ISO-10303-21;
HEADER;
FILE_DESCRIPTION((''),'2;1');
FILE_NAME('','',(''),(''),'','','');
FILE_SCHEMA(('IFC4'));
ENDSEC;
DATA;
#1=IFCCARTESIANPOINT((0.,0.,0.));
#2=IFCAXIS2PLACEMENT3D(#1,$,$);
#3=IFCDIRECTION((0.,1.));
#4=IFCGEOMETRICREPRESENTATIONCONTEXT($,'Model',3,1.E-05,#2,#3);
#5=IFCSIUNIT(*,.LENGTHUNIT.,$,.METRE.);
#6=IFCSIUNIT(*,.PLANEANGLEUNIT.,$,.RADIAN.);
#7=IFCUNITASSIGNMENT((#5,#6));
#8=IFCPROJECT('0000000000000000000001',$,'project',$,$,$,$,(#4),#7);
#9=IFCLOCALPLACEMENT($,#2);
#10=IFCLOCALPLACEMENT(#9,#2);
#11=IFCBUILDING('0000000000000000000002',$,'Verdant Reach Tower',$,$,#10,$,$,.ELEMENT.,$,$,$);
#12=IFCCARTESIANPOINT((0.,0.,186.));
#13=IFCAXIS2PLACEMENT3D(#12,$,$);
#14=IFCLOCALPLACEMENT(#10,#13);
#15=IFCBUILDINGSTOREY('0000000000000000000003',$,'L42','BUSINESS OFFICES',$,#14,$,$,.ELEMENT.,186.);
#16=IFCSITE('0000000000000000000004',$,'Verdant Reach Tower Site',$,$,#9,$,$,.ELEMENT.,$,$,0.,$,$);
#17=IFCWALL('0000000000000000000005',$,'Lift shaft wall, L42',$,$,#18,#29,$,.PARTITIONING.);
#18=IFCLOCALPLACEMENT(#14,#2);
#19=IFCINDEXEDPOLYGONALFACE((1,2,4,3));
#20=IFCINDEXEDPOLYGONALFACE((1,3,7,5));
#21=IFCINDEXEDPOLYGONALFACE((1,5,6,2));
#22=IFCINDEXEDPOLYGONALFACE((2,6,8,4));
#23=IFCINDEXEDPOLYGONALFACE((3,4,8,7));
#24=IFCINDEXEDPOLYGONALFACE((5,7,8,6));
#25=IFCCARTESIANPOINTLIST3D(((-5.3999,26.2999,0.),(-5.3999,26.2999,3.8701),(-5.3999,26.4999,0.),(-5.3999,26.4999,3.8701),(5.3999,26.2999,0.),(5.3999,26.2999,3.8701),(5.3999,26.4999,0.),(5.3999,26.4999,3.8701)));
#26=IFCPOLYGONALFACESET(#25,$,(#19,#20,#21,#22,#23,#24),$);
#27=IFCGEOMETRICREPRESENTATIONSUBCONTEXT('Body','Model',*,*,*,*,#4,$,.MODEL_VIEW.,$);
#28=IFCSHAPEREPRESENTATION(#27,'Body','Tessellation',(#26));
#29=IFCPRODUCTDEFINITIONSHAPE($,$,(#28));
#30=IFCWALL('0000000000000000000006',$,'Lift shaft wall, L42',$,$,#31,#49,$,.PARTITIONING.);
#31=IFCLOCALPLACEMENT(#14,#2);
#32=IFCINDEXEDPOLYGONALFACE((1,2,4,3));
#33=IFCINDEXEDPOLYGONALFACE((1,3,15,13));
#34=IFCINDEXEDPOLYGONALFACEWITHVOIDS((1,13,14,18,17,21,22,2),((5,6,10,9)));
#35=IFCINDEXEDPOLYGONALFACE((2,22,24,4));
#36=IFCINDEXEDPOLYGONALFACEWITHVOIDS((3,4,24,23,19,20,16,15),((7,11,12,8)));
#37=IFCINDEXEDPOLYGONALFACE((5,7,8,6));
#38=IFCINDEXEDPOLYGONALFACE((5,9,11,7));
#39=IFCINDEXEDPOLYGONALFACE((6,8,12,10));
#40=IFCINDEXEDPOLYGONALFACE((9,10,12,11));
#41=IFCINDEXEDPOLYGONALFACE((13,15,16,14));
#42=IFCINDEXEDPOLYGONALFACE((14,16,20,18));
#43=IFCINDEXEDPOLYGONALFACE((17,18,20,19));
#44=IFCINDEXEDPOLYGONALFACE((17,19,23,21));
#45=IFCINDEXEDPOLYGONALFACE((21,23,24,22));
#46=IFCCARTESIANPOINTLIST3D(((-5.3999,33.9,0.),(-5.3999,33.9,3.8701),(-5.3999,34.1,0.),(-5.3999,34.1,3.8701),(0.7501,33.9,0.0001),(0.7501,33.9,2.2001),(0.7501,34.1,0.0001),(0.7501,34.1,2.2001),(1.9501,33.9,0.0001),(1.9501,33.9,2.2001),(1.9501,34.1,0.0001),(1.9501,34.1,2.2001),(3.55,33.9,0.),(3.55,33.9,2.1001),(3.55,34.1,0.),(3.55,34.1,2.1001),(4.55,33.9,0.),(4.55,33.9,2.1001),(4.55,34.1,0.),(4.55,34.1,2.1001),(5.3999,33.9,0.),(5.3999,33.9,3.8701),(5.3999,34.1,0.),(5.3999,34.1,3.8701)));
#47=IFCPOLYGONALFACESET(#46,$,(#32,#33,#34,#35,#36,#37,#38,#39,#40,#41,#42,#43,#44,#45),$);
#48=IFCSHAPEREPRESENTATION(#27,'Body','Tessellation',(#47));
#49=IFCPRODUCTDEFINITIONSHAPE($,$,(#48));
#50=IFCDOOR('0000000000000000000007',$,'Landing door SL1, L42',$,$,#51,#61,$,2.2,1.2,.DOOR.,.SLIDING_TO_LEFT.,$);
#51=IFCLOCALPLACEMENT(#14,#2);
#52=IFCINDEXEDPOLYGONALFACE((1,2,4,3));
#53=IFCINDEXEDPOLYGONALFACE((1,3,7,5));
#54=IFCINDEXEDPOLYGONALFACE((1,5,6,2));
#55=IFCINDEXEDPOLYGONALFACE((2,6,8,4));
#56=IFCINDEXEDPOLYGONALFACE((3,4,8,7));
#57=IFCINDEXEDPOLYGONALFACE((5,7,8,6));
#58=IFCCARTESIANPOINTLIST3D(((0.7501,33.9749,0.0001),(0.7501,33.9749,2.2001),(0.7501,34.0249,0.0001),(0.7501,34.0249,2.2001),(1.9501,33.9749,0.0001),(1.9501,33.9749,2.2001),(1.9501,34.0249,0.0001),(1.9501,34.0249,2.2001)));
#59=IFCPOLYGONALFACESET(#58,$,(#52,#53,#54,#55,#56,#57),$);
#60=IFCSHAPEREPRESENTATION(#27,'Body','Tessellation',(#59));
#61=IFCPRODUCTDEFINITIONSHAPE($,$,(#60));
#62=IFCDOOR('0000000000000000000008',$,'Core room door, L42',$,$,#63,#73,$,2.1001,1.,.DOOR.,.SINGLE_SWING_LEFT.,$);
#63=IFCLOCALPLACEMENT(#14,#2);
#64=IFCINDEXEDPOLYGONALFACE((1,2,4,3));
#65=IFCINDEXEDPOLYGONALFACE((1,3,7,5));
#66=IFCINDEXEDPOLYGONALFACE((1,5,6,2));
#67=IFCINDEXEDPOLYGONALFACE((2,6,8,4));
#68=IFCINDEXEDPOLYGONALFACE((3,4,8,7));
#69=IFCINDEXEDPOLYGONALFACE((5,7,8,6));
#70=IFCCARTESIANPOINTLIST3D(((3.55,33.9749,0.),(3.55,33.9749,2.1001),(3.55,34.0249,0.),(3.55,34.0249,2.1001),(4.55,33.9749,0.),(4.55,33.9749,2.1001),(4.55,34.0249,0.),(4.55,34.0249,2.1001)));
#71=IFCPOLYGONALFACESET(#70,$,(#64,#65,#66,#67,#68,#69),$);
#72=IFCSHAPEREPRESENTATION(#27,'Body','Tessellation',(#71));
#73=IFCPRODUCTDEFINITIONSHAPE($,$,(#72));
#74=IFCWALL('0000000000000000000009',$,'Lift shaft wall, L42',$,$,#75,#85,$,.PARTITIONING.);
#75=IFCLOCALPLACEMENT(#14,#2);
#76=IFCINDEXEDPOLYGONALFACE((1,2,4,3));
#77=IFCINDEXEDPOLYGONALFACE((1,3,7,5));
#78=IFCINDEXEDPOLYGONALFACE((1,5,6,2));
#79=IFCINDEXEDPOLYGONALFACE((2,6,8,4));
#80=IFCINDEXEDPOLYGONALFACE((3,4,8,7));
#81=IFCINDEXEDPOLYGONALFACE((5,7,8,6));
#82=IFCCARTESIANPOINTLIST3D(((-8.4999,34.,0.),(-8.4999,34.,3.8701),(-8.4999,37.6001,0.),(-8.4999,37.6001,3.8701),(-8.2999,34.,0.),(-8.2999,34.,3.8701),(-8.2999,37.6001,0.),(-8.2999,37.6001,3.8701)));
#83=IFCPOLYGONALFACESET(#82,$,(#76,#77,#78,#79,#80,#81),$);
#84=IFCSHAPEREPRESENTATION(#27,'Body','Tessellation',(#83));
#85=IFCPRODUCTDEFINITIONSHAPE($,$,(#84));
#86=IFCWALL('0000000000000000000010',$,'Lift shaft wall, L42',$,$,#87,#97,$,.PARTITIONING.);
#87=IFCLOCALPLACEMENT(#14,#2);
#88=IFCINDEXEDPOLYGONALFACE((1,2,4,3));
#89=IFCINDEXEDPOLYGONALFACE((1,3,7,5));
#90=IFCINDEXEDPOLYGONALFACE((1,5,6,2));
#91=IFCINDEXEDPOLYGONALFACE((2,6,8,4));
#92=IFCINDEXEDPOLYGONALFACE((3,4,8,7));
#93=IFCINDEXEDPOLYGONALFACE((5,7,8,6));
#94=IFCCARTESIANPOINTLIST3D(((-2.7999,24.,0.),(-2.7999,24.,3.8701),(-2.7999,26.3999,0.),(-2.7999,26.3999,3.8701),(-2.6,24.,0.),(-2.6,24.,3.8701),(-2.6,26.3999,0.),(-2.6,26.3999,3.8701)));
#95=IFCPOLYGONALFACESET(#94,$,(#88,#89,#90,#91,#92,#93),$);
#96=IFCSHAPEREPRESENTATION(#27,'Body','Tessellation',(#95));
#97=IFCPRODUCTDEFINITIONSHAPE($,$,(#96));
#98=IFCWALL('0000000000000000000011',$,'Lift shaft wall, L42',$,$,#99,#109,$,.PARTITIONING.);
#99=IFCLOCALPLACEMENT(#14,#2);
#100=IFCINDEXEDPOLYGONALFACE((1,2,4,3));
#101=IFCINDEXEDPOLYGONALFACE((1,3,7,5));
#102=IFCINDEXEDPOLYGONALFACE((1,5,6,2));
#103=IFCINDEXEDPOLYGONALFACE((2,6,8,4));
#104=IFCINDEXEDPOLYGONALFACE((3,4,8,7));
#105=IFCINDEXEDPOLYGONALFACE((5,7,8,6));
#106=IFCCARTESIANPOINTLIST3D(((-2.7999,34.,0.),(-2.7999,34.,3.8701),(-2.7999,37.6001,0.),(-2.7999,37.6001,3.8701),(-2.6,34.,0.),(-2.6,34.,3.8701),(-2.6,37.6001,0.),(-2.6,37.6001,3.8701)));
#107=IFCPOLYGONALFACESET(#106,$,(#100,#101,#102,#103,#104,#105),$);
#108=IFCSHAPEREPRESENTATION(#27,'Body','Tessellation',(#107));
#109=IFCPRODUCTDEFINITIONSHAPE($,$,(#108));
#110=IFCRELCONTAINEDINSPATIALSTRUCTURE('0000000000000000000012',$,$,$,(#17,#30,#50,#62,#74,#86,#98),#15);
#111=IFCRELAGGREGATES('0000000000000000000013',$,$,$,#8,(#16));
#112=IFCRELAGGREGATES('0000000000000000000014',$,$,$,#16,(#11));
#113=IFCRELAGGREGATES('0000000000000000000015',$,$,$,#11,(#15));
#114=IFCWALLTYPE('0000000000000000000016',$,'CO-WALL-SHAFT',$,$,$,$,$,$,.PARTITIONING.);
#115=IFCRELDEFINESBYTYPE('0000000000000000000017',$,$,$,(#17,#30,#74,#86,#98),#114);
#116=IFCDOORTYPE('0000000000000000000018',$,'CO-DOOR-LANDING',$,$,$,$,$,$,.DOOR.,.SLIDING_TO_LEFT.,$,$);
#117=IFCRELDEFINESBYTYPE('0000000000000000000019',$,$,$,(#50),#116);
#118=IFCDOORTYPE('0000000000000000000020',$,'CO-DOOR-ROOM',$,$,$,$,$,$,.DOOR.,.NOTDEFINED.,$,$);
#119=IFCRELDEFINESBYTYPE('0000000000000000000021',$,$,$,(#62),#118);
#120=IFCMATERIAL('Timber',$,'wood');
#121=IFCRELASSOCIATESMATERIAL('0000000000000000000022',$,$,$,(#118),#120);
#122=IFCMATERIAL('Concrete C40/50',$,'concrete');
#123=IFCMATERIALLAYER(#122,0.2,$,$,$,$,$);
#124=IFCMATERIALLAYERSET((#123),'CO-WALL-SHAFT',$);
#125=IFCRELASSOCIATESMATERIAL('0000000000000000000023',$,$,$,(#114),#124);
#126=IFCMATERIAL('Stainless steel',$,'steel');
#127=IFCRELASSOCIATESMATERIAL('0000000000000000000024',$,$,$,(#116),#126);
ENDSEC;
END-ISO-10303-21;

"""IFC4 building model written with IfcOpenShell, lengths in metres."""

from ifc_helpers import new_model, si_unit, direction, frame, frame_2d, origin, place, context, subcontext, project, spatial, rectangle, extrude, material, layer, layer_set, type_object, element, fill, save


model = new_model("IFC4")

# Units and contexts
model_context = context("Model", 3, precision=1e-05, world=origin(), true_north=direction((0.0, 1.0)))
body_context = subcontext(model_context, "Body", "Model", "MODEL_VIEW")
ifc_project = project(units=[si_unit("LENGTHUNIT", "METRE"), si_unit("PLANEANGLEUNIT", "RADIAN")], contexts=[model_context])

# Site, building, storey
site_placement = place(None, origin())
site = spatial("IfcSite", under=ifc_project, at=site_placement, Name="Verdant Reach Tower Site", CompositionType="ELEMENT", RefElevation=0.0)
building_placement = place(site_placement, origin())
building = spatial("IfcBuilding", under=site, at=building_placement, Name="Verdant Reach Tower", CompositionType="ELEMENT")
storey_placement = place(building_placement, frame((0.0, 0.0, 186.0)))
storey = spatial("IfcBuildingStorey", under=building, at=storey_placement, Name="L42", Description="BUSINESS OFFICES", CompositionType="ELEMENT", Elevation=186.0)

# Shared definitions
ifc_material_1 = material(Name="Timber", Category="wood")
door_type_1 = type_object("IfcDoorType", Name="CO-DOOR-ROOM", OperationType="NOTDEFINED", PredefinedType="DOOR", material=ifc_material_1)

# Shared definitions
ifc_material_2 = material(Name="Concrete C40/50", Category="concrete")
ifc_layer_1 = layer(ifc_material_2, 0.2)
ifc_layer_set_1 = layer_set([ifc_layer_1], Name="CO-WALL-SHAFT")
wall_type_1 = type_object("IfcWallType", Name="CO-WALL-SHAFT", PredefinedType="PARTITIONING", material=ifc_layer_set_1)
ifc_material_3 = material(Name="Stainless steel", Category="steel")
door_type_2 = type_object("IfcDoorType", Name="CO-DOOR-LANDING", OperationType="SLIDING_TO_LEFT", PredefinedType="DOOR", material=ifc_material_3)

# Wall
wall_1_placement = place(storey_placement, frame((-5.3999, 26.3999, 0.0), z_axis=(0.0, 0.0, 1.0), x_axis=(1.0, 0.0, 0.0)))
element("IfcWall", 1, at=wall_1_placement, inside=storey, type_object=wall_type_1, Name="Lift shaft wall, L42", PredefinedType="PARTITIONING", context=body_context, shape_type="SweptSolid", body=[
    extrude(rectangle(XDim=10.7998, YDim=0.2, at=frame_2d((5.3999, 0.0))), origin(), (0.0, 0.0, 1.0), 3.8701),
])

# Wall, openings, doors
wall_2_placement = place(storey_placement, frame((-5.3999, 34.0, 0.0), z_axis=(0.0, 0.0, 1.0), x_axis=(1.0, 0.0, 0.0)))
wall_2 = element("IfcWall", 2, at=wall_2_placement, inside=storey, type_object=wall_type_1, Name="Lift shaft wall, L42", PredefinedType="PARTITIONING", context=body_context, shape_type="SweptSolid", body=[
    extrude(rectangle(XDim=10.7998, YDim=0.2, at=frame_2d((5.3999, 0.0))), origin(), (0.0, 0.0, 1.0), 3.8701),
])
opening_1_placement = place(wall_2_placement, frame((6.1499, 0.0, 0.0)))
opening_1 = element("IfcOpeningElement", 3, at=opening_1_placement, cuts=wall_2, PredefinedType="OPENING", context=body_context, shape_type="SweptSolid", body=[
    extrude(rectangle(XDim=1.2, YDim=2.2, at=frame_2d((0.6001, 1.1001))), frame((0.0, 0.1099, 0.0), z_axis=(0.0, -1.0, 0.0), x_axis=(1.0, 0.0, 0.0)), (0.0, 0.0, 1.0), 0.22),
])
opening_2_placement = place(wall_2_placement, frame((8.95, 0.0, 0.0)))
opening_2 = element("IfcOpeningElement", 4, at=opening_2_placement, cuts=wall_2, PredefinedType="OPENING", context=body_context, shape_type="SweptSolid", body=[
    extrude(rectangle(XDim=1.0, YDim=2.1001, at=frame_2d((0.5, 1.05))), frame((0.0, 0.1099, 0.0), z_axis=(0.0, -1.0, 0.0), x_axis=(1.0, 0.0, 0.0)), (0.0, 0.0, 1.0), 0.22),
])
door_1_placement = place(opening_1_placement, origin())
door_1 = element("IfcDoor", 5, at=door_1_placement, inside=storey, type_object=door_type_2, Name="Landing door SL1, L42", OperationType="SLIDING_TO_LEFT", OverallHeight=2.2, OverallWidth=1.2, PredefinedType="DOOR", context=body_context, shape_type="SweptSolid", body=[
    extrude(rectangle(XDim=1.2, YDim=2.2, at=frame_2d((0.6001, 1.1001))), frame((0.0, 0.0249, 0.0), z_axis=(0.0, -1.0, 0.0), x_axis=(1.0, 0.0, 0.0)), (0.0, 0.0, 1.0), 0.05),
])
fill(opening_1, door_1)
door_2_placement = place(opening_2_placement, origin())
door_2 = element("IfcDoor", 6, at=door_2_placement, inside=storey, type_object=door_type_1, Name="Core room door, L42", OperationType="SINGLE_SWING_LEFT", OverallHeight=2.1001, OverallWidth=1.0, PredefinedType="DOOR", context=body_context, shape_type="SweptSolid", body=[
    extrude(rectangle(XDim=1.0, YDim=2.1001, at=frame_2d((0.5, 1.05))), frame((0.0, 0.0249, 0.0), z_axis=(0.0, -1.0, 0.0), x_axis=(1.0, 0.0, 0.0)), (0.0, 0.0, 1.0), 0.05),
])
fill(opening_2, door_2)

# Walls
wall_3_placement = place(storey_placement, frame((-8.3999, 34.0, 0.0), z_axis=(0.0, 0.0, 1.0), x_axis=(0.0, 1.0, 0.0)))
element("IfcWall", 7, at=wall_3_placement, inside=storey, type_object=wall_type_1, Name="Lift shaft wall, L42", PredefinedType="PARTITIONING", context=body_context, shape_type="SweptSolid", body=[
    extrude(rectangle(XDim=3.6001, YDim=0.2, at=frame_2d((1.8, 0.0))), origin(), (0.0, 0.0, 1.0), 3.8701),
])
wall_4_placement = place(storey_placement, frame((-2.7, 24.0, 0.0), z_axis=(0.0, 0.0, 1.0), x_axis=(0.0, 1.0, 0.0)))
element("IfcWall", 8, at=wall_4_placement, inside=storey, type_object=wall_type_1, Name="Lift shaft wall, L42", PredefinedType="PARTITIONING", context=body_context, shape_type="SweptSolid", body=[
    extrude(rectangle(XDim=2.3999, YDim=0.2, at=frame_2d((1.2, 0.0))), origin(), (0.0, 0.0, 1.0), 3.8701),
])
wall_5_placement = place(storey_placement, frame((-2.7, 34.0, 0.0), z_axis=(0.0, 0.0, 1.0), x_axis=(0.0, 1.0, 0.0)))
element("IfcWall", 9, at=wall_5_placement, inside=storey, type_object=wall_type_1, Name="Lift shaft wall, L42", PredefinedType="PARTITIONING", context=body_context, shape_type="SweptSolid", body=[
    extrude(rectangle(XDim=3.6001, YDim=0.2, at=frame_2d((1.8, 0.0))), origin(), (0.0, 0.0, 1.0), 3.8701),
])

save(model, "model.ifc")
